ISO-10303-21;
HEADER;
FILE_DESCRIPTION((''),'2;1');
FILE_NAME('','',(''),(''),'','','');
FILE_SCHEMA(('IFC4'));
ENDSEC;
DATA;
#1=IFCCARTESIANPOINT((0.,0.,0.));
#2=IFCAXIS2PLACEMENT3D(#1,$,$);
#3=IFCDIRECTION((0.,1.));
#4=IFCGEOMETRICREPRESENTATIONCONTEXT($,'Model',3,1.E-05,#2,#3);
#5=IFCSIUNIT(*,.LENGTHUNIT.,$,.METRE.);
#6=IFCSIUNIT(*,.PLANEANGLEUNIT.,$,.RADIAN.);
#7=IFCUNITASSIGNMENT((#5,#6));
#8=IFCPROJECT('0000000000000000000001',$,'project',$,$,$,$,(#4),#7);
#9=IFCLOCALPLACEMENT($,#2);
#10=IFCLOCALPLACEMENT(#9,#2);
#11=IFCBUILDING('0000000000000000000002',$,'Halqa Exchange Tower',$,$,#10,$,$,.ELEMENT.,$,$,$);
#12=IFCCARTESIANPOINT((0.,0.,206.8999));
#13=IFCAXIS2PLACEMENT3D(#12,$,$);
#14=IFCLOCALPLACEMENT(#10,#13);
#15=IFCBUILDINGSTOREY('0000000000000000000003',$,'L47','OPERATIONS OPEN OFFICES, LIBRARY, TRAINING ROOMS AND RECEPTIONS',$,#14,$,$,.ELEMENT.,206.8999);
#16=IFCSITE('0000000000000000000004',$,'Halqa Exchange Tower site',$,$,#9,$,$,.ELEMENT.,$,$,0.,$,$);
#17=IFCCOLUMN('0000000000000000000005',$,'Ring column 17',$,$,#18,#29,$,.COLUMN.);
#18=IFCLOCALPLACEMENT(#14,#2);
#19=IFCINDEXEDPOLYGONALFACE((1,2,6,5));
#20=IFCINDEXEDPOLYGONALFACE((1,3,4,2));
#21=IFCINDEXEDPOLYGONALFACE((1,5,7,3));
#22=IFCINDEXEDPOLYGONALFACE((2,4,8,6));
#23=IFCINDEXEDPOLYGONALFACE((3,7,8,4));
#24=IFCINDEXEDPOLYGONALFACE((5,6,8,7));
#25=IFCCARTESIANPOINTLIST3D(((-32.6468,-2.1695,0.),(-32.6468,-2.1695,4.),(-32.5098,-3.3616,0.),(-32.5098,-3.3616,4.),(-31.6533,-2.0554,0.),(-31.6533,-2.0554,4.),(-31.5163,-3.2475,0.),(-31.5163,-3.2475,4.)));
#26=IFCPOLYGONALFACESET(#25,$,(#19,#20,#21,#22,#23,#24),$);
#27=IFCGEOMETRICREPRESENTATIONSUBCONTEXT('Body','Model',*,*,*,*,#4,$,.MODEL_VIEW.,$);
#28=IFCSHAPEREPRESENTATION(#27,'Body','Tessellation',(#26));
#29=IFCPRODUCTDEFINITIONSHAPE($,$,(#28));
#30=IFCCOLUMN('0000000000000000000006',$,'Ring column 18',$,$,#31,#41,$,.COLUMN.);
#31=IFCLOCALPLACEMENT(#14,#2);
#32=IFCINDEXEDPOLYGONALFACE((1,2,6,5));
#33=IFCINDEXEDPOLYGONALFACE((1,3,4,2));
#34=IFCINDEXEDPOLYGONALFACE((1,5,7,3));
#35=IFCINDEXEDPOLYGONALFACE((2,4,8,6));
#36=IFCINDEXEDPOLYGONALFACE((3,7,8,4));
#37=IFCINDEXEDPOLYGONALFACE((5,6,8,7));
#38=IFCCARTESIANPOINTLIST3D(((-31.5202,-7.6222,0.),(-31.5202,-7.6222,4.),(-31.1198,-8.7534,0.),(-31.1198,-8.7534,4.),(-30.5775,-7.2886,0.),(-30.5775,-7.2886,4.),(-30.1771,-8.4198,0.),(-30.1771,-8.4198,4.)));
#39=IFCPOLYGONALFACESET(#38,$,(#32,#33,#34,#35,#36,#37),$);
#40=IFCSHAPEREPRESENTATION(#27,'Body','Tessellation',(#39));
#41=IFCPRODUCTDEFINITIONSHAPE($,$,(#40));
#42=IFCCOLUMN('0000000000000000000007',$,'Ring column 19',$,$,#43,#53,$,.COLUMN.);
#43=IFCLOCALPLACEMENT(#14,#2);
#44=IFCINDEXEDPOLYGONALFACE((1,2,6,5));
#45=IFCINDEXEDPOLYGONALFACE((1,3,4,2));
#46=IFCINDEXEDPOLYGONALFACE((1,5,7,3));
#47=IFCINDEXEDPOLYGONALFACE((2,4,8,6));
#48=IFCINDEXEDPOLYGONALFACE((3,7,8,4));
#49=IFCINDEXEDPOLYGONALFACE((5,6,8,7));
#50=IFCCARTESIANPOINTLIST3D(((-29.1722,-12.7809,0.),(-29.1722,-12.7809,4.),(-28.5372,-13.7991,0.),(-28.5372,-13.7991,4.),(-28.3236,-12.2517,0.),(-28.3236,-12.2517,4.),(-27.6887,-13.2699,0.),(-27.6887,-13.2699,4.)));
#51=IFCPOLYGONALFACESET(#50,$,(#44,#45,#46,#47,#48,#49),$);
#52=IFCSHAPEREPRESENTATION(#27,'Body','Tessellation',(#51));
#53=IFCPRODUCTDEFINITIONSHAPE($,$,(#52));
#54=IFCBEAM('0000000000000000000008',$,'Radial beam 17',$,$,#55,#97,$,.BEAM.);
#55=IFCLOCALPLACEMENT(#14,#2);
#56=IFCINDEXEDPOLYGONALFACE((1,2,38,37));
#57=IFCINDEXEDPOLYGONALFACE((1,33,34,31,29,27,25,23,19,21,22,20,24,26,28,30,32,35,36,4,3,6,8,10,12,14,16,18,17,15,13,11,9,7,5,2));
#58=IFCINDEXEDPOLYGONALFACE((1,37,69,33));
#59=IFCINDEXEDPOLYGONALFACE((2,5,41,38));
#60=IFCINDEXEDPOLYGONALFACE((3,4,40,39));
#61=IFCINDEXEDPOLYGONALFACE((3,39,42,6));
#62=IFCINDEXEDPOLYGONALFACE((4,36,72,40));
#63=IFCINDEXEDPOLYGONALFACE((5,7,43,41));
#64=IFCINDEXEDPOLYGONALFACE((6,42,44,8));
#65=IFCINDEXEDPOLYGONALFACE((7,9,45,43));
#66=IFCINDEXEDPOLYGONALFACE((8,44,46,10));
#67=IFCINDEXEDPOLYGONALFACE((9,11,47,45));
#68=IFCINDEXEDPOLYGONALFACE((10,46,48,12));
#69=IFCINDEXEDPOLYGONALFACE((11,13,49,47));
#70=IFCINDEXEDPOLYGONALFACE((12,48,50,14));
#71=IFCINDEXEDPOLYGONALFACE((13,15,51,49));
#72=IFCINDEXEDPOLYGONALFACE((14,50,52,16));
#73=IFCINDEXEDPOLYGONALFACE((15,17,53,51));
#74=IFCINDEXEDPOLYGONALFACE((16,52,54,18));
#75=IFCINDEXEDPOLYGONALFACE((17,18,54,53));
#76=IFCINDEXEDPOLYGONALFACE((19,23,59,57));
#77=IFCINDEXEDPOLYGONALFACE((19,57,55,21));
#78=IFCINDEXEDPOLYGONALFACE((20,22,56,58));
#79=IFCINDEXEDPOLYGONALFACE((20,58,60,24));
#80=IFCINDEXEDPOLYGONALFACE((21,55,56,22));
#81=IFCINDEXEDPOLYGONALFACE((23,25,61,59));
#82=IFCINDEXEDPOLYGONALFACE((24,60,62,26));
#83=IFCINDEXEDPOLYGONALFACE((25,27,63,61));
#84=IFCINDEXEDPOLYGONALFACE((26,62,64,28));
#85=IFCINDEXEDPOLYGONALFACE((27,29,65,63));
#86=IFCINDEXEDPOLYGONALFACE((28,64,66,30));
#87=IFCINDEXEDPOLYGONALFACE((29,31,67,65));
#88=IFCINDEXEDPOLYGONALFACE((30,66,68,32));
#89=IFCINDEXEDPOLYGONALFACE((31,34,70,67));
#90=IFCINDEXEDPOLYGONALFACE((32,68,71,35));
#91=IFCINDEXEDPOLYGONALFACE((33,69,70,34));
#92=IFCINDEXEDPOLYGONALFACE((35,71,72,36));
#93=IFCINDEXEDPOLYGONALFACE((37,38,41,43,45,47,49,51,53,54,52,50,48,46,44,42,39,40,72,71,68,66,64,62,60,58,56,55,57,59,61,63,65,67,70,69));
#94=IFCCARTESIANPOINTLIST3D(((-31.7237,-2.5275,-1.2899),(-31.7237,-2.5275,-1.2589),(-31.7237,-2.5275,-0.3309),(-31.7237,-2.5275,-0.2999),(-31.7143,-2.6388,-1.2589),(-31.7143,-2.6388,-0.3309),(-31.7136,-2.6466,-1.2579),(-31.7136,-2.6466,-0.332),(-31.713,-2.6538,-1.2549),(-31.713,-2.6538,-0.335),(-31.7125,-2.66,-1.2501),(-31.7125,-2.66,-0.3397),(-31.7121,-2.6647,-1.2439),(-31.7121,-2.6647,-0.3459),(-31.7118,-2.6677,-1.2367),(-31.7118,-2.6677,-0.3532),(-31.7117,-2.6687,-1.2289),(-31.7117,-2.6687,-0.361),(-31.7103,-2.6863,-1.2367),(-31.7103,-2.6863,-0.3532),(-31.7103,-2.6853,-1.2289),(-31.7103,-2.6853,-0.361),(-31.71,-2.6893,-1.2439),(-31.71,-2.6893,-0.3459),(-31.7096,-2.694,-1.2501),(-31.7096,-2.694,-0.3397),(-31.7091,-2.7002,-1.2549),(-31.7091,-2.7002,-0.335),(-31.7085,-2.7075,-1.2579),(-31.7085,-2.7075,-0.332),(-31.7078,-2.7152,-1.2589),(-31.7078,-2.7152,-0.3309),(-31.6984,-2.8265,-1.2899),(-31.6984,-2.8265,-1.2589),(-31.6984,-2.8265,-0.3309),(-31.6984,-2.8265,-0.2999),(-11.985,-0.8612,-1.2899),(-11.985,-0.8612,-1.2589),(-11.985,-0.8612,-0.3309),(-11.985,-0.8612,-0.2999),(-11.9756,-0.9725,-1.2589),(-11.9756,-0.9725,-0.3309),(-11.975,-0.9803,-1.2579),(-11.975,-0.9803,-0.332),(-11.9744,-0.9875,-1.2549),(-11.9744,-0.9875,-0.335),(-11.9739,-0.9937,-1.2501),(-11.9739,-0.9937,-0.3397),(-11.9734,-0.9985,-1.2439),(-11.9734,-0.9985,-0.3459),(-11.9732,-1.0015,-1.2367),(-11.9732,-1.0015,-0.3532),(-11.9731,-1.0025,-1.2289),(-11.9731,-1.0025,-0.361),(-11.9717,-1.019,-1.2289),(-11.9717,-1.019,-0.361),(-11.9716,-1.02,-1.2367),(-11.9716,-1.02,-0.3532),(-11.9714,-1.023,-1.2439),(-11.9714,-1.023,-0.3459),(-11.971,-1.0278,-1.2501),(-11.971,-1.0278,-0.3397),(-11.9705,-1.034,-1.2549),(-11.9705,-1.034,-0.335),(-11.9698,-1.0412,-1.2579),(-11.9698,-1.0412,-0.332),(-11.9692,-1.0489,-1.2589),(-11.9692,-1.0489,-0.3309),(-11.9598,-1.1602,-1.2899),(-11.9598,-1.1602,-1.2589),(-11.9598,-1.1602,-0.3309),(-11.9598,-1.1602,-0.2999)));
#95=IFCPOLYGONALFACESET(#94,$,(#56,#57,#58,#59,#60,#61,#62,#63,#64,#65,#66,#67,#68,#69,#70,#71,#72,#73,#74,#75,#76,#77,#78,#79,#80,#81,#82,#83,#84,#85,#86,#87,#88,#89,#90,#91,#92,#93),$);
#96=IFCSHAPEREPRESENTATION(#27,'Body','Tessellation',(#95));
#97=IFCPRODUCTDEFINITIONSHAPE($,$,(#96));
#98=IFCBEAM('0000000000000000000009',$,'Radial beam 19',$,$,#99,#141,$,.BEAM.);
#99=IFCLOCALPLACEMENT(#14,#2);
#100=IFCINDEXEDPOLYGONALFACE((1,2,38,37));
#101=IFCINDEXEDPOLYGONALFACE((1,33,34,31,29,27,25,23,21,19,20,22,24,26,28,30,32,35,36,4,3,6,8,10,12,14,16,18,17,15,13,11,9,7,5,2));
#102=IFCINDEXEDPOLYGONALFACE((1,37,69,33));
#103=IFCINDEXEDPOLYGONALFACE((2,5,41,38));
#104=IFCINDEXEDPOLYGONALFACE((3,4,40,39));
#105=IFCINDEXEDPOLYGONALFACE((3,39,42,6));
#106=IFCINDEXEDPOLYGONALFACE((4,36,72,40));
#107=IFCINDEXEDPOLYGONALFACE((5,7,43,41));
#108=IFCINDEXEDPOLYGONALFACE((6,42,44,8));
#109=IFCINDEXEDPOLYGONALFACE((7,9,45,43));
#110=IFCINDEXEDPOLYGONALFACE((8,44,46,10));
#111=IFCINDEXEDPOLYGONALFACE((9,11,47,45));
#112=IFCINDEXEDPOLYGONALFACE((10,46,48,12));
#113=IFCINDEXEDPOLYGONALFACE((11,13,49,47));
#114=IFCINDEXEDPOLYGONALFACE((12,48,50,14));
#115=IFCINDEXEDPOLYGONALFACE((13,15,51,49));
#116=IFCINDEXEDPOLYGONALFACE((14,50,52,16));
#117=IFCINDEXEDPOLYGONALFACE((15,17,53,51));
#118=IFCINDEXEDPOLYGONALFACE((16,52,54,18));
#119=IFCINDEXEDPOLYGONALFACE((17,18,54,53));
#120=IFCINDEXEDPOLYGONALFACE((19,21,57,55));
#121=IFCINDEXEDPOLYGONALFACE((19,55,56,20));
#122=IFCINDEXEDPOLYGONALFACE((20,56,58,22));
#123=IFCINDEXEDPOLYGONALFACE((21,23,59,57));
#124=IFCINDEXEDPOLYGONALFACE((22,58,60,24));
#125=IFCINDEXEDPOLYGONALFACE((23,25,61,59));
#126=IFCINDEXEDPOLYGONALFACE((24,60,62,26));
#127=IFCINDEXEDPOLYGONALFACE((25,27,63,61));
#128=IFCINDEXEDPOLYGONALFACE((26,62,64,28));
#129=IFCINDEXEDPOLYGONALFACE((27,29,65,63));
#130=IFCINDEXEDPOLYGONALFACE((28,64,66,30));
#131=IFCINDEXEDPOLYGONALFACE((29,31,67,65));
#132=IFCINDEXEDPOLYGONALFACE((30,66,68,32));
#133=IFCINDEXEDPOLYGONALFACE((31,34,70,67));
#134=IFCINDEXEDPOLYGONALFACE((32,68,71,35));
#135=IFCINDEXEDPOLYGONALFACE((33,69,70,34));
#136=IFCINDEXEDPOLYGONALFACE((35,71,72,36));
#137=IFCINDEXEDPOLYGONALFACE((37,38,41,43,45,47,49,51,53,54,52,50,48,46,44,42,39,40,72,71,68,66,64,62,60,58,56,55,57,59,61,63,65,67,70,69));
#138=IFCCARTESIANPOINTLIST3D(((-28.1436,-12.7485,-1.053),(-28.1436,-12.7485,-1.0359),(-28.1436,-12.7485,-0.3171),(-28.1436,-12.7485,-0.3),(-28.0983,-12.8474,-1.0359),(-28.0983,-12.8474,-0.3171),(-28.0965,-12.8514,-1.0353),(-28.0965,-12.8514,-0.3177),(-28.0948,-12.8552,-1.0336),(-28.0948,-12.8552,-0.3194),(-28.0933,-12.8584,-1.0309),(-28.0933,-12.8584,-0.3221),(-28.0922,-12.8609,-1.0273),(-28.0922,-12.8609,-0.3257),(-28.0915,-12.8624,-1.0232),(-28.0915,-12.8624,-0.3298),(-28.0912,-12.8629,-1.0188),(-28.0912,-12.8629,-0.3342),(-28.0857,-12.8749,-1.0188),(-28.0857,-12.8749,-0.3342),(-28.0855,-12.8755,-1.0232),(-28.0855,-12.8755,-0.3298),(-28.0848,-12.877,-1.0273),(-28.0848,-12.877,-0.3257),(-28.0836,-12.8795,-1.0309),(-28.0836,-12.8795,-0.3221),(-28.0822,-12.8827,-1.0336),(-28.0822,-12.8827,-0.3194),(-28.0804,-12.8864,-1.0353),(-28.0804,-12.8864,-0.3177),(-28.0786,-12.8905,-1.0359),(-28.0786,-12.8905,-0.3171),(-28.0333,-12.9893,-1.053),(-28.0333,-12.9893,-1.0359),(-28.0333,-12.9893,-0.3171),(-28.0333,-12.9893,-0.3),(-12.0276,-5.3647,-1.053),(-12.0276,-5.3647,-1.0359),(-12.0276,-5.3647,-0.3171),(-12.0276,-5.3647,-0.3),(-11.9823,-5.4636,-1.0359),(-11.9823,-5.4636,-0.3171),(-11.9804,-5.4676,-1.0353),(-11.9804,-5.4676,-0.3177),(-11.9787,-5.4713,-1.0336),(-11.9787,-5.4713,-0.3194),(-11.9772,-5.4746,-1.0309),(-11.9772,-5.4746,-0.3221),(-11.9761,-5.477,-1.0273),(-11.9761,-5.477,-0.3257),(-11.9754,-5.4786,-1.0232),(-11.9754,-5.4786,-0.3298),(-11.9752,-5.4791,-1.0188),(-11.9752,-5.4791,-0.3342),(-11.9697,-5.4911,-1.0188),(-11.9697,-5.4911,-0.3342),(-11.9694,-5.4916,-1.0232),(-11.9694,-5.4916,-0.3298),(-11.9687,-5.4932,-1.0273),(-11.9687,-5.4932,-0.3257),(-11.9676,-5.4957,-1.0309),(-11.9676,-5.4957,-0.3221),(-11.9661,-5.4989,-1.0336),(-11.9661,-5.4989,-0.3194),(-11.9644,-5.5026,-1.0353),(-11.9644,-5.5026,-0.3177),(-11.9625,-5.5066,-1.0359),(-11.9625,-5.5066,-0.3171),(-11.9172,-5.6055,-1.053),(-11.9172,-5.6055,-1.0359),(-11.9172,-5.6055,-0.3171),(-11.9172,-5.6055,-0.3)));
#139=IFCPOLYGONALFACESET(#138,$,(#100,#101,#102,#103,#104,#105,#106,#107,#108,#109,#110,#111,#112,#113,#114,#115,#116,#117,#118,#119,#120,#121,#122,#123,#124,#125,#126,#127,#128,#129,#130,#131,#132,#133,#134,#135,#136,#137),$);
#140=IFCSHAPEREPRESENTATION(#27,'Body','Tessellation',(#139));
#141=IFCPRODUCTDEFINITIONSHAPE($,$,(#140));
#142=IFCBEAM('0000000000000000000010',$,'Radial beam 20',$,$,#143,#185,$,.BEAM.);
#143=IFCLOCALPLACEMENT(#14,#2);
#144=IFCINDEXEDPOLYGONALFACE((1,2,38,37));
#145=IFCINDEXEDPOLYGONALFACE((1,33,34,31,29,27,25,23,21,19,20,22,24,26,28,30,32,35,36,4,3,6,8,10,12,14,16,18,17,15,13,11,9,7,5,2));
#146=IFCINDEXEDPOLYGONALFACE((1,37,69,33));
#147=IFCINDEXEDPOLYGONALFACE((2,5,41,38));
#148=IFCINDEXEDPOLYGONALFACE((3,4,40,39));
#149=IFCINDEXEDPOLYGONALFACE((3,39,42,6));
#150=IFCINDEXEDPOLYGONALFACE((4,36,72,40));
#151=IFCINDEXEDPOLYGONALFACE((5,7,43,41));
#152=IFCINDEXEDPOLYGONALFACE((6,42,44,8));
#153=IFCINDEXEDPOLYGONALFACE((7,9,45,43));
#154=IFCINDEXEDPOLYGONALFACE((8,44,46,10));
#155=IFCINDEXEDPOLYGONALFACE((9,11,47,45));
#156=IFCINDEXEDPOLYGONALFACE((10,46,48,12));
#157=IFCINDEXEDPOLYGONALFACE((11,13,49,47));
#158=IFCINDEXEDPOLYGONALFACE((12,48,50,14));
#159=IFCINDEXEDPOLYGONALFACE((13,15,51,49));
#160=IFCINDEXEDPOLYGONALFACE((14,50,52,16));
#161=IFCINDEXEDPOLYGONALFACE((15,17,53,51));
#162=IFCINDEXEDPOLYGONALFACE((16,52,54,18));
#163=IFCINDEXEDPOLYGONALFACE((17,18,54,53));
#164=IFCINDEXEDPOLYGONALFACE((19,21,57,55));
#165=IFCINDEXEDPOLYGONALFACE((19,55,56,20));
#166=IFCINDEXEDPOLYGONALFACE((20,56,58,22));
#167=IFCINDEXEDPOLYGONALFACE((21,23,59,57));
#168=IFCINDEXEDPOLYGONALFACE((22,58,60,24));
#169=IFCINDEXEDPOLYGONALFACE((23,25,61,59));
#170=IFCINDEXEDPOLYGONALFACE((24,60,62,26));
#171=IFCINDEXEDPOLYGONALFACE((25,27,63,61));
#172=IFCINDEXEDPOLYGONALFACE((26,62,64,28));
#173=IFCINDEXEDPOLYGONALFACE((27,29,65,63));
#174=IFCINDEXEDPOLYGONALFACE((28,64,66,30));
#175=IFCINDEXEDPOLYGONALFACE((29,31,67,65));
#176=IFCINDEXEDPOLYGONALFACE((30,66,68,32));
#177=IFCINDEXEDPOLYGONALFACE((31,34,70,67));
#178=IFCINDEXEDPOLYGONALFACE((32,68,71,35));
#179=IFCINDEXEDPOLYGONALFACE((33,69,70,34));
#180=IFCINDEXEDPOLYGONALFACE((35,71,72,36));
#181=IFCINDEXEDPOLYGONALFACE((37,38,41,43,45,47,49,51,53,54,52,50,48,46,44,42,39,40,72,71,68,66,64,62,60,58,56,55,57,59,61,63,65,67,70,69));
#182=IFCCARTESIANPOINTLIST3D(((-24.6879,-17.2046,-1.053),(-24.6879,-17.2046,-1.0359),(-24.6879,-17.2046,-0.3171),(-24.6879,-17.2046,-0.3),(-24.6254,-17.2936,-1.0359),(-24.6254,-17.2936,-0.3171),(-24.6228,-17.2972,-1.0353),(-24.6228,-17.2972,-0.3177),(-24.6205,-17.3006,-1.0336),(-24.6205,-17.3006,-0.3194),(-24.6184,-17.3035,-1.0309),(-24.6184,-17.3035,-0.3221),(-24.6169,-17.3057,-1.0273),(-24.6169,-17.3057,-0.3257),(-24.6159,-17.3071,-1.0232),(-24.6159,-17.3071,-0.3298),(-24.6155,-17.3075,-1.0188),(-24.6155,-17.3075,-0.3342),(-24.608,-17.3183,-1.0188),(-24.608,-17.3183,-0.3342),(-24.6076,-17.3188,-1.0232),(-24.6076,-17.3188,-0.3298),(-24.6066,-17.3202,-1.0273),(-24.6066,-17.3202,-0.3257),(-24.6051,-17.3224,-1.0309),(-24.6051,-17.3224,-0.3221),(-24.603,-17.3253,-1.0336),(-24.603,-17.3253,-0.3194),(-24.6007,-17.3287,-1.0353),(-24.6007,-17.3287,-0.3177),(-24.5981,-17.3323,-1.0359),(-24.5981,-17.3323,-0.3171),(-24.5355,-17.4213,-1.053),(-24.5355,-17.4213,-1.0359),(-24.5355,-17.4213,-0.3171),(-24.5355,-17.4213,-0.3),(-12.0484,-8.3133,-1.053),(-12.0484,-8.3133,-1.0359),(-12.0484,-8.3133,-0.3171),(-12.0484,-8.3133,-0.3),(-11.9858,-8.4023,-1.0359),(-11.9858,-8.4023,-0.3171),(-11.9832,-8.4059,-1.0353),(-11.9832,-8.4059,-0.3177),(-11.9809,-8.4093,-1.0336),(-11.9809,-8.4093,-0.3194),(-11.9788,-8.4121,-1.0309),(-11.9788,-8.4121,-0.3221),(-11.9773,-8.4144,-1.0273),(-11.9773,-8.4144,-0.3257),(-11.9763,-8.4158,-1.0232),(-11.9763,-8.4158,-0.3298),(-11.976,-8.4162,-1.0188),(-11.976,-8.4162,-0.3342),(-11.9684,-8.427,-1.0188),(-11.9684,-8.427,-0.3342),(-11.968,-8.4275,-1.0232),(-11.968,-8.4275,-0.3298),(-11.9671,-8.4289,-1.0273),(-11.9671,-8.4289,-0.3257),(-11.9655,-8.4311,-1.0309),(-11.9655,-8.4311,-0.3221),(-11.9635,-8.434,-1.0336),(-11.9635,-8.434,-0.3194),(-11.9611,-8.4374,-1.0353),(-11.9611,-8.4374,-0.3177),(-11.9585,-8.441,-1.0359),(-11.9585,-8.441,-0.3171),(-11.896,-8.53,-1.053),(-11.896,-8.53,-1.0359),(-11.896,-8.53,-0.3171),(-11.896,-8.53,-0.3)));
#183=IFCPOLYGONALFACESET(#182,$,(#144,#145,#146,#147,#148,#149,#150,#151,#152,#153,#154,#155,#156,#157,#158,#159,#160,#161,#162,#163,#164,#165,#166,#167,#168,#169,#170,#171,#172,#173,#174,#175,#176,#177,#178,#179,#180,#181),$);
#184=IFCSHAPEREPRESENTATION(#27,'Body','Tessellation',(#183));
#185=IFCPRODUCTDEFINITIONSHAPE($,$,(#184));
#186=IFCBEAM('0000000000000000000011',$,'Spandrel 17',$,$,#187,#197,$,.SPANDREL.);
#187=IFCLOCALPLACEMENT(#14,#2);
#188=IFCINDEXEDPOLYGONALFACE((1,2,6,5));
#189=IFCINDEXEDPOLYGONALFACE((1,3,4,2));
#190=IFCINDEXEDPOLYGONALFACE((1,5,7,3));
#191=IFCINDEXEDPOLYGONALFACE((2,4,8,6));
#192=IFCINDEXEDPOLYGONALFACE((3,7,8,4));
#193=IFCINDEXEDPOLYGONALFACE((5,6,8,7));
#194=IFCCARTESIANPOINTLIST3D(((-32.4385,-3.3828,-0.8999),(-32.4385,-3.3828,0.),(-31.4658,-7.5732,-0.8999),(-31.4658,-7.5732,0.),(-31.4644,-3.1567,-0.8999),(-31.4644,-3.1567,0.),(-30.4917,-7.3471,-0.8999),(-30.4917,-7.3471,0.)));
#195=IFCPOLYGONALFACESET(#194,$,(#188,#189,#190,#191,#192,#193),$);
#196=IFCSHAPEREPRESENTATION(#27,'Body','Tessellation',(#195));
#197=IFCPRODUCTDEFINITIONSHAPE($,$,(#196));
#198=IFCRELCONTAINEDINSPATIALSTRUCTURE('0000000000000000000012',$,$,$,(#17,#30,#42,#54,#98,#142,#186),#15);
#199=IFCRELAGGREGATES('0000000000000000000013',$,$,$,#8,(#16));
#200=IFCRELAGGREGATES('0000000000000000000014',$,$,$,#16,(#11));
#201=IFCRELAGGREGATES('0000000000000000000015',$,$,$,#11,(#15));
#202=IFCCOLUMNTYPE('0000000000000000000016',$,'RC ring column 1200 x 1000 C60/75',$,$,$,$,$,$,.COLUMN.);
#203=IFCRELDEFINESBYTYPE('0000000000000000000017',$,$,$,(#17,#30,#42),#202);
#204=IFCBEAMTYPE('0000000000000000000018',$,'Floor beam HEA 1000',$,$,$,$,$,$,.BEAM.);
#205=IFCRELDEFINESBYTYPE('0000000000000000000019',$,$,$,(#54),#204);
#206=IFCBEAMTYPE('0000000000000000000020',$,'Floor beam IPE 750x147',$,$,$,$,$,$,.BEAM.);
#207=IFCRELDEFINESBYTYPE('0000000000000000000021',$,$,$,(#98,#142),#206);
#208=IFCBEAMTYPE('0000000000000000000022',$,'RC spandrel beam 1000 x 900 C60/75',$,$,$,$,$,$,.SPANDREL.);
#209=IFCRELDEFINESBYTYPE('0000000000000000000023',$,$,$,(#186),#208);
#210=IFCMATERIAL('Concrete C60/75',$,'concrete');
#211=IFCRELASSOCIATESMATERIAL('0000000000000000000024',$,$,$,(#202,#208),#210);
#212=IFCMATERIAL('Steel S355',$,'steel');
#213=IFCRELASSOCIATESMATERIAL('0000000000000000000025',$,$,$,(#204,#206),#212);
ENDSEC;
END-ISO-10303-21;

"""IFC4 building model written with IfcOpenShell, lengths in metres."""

from ifc_helpers import new_model, si_unit, direction, frame, origin, origin_2d, place, context, subcontext, project, spatial, rectangle, i_section, extrude, material, material_profile, profile_set, type_object, element, save


model = new_model("IFC4")

# Units and contexts
model_context = context("Model", 3, precision=1e-05, world=origin(), true_north=direction((0.0, 1.0)))
body_context = subcontext(model_context, "Body", "Model", "MODEL_VIEW")
ifc_project = project(units=[si_unit("LENGTHUNIT", "METRE"), si_unit("PLANEANGLEUNIT", "RADIAN")], contexts=[model_context])

# Site, building, storey
site_placement = place(None, origin())
site = spatial("IfcSite", under=ifc_project, at=site_placement, Name="Halqa Exchange Tower site", CompositionType="ELEMENT", RefElevation=0.0)
building_placement = place(site_placement, origin())
building = spatial("IfcBuilding", under=site, at=building_placement, Name="Halqa Exchange Tower", CompositionType="ELEMENT")
storey_placement = place(building_placement, frame((0.0, 0.0, 206.8999)))
storey = spatial("IfcBuildingStorey", under=building, at=storey_placement, Name="L47", Description="OPERATIONS OPEN OFFICES, LIBRARY, TRAINING ROOMS AND RECEPTIONS", CompositionType="ELEMENT", Elevation=206.8999)

# Columns
ifc_material_1 = material(Name="Concrete C60/75", Category="concrete")
ifc_material_profile_1 = material_profile(ifc_material_1, rectangle(XDim=1.2, YDim=1.0, at=origin_2d()), Name="1200 x 1000")
ifc_profile_set_1 = profile_set([ifc_material_profile_1], Name="Concrete C60/75")
column_type = type_object("IfcColumnType", Name="RC ring column 1200 x 1000 C60/75", PredefinedType="COLUMN", material=ifc_profile_set_1)
for number, where, z_axis, x_axis, name in (
    (1, (-32.0815, -2.7085, 0.0), (0.0, 0.0, 1.0), (0.114157, -0.993463, 0.0), "Ring column 17"),
    (2, (-30.8486, -8.021, 0.0), (0.0, 0.0, 1.0), (0.333632, -0.942703, 0.0), "Ring column 18"),
    (3, (-28.4304, -13.0254, 0.0), (0.0, 0.0, 1.0), (0.529143, -0.848532, 0.0), "Ring column 19"),
):
    element("IfcColumn", number, at=place(storey_placement, frame(where, z_axis=z_axis, x_axis=x_axis)), inside=storey, type_object=column_type, Name=name, PredefinedType="COLUMN", context=body_context, shape_type="SweptSolid", body=[
        extrude(rectangle(XDim=1.2, YDim=1.0, at=origin_2d()), origin(), (0.0, 0.0, 1.0), 4.0),
    ])

# Beams
ifc_material_2 = material(Name="Steel S355", Category="steel")
ifc_material_profile_2 = material_profile(ifc_material_2, i_section(OverallWidth=0.3, OverallDepth=0.99, WebThickness=0.0166, FlangeThickness=0.031, FilletRadius=0.03, at=origin_2d()), Name="HEA 1000")
ifc_profile_set_2 = profile_set([ifc_material_profile_2], Name="Steel S355")
beam_type_1 = type_object("IfcBeamType", Name="Floor beam HEA 1000", PredefinedType="BEAM", material=ifc_profile_set_2)
beam_1_placement = place(storey_placement, frame((-11.9724, -1.0107, -0.7949), z_axis=(-0.996456, -0.084117, 0.0), x_axis=(0.084117, -0.996456, 0.0)))
element("IfcBeam", 4, at=beam_1_placement, inside=storey, type_object=beam_type_1, Name="Radial beam 17", PredefinedType="BEAM", context=body_context, shape_type="SweptSolid", body=[
    extrude(i_section(OverallWidth=0.3, OverallDepth=0.99, WebThickness=0.0166, FlangeThickness=0.031, FilletRadius=0.03, at=origin_2d()), origin(), (0.0, 0.0, 1.0), 19.8088),
])
ifc_material_profile_3 = material_profile(ifc_material_2, i_section(OverallWidth=0.2649, OverallDepth=0.7529, WebThickness=0.0132, FlangeThickness=0.0171, FilletRadius=0.0171, at=origin_2d()), Name="IPE 750x147")
ifc_profile_set_3 = profile_set([ifc_material_profile_3], Name="Steel S355")
beam_type_2 = type_object("IfcBeamType", Name="Floor beam IPE 750x147", PredefinedType="BEAM", material=ifc_profile_set_3)
beam_2_placement = place(storey_placement, frame((-11.9724, -5.4851, -0.6765), z_axis=(-0.909122, -0.416529, 0.0), x_axis=(0.416529, -0.909122, 0.0)))
element("IfcBeam", 5, at=beam_2_placement, inside=storey, type_object=beam_type_2, Name="Radial beam 19", PredefinedType="BEAM", context=body_context, shape_type="SweptSolid", body=[
    extrude(i_section(OverallWidth=0.2649, OverallDepth=0.7529, WebThickness=0.0132, FlangeThickness=0.0171, FilletRadius=0.0171, at=origin_2d()), origin(), (0.0, 0.0, 1.0), 17.7271),
])
beam_3_placement = place(storey_placement, frame((-11.9722, -8.4216, -0.6765), z_axis=(-0.817904, -0.575354, 0.0), x_axis=(0.575354, -0.817904, 0.0)))
element("IfcBeam", 6, at=beam_3_placement, inside=storey, type_object=beam_type_2, Name="Radial beam 20", PredefinedType="BEAM", context=body_context, shape_type="SweptSolid", body=[
    extrude(i_section(OverallWidth=0.2649, OverallDepth=0.7529, WebThickness=0.0132, FlangeThickness=0.0171, FilletRadius=0.0171, at=origin_2d()), origin(), (0.0, 0.0, 1.0), 15.4536),
])
ifc_material_profile_4 = material_profile(ifc_material_1, rectangle(XDim=1.0, YDim=0.8999, at=origin_2d()), Name="1000 x 900")
ifc_profile_set_4 = profile_set([ifc_material_profile_4], Name="Concrete C60/75")
beam_type_3 = type_object("IfcBeamType", Name="RC spandrel beam 1000 x 900 C60/75", PredefinedType="SPANDREL", material=ifc_profile_set_4)
beam_4_placement = place(storey_placement, frame((-31.9514, -3.2698, -0.45), z_axis=(0.226103, -0.974103, 0.0), x_axis=(0.974103, 0.226103, 0.0)))
element("IfcBeam", 7, at=beam_4_placement, inside=storey, type_object=beam_type_3, Name="Spandrel 17", PredefinedType="SPANDREL", context=body_context, shape_type="SweptSolid", body=[
    extrude(rectangle(XDim=1.0, YDim=0.8999, at=origin_2d()), origin(), (0.0, 0.0, 1.0), 4.3018),
])

save(model, "model.ifc")
